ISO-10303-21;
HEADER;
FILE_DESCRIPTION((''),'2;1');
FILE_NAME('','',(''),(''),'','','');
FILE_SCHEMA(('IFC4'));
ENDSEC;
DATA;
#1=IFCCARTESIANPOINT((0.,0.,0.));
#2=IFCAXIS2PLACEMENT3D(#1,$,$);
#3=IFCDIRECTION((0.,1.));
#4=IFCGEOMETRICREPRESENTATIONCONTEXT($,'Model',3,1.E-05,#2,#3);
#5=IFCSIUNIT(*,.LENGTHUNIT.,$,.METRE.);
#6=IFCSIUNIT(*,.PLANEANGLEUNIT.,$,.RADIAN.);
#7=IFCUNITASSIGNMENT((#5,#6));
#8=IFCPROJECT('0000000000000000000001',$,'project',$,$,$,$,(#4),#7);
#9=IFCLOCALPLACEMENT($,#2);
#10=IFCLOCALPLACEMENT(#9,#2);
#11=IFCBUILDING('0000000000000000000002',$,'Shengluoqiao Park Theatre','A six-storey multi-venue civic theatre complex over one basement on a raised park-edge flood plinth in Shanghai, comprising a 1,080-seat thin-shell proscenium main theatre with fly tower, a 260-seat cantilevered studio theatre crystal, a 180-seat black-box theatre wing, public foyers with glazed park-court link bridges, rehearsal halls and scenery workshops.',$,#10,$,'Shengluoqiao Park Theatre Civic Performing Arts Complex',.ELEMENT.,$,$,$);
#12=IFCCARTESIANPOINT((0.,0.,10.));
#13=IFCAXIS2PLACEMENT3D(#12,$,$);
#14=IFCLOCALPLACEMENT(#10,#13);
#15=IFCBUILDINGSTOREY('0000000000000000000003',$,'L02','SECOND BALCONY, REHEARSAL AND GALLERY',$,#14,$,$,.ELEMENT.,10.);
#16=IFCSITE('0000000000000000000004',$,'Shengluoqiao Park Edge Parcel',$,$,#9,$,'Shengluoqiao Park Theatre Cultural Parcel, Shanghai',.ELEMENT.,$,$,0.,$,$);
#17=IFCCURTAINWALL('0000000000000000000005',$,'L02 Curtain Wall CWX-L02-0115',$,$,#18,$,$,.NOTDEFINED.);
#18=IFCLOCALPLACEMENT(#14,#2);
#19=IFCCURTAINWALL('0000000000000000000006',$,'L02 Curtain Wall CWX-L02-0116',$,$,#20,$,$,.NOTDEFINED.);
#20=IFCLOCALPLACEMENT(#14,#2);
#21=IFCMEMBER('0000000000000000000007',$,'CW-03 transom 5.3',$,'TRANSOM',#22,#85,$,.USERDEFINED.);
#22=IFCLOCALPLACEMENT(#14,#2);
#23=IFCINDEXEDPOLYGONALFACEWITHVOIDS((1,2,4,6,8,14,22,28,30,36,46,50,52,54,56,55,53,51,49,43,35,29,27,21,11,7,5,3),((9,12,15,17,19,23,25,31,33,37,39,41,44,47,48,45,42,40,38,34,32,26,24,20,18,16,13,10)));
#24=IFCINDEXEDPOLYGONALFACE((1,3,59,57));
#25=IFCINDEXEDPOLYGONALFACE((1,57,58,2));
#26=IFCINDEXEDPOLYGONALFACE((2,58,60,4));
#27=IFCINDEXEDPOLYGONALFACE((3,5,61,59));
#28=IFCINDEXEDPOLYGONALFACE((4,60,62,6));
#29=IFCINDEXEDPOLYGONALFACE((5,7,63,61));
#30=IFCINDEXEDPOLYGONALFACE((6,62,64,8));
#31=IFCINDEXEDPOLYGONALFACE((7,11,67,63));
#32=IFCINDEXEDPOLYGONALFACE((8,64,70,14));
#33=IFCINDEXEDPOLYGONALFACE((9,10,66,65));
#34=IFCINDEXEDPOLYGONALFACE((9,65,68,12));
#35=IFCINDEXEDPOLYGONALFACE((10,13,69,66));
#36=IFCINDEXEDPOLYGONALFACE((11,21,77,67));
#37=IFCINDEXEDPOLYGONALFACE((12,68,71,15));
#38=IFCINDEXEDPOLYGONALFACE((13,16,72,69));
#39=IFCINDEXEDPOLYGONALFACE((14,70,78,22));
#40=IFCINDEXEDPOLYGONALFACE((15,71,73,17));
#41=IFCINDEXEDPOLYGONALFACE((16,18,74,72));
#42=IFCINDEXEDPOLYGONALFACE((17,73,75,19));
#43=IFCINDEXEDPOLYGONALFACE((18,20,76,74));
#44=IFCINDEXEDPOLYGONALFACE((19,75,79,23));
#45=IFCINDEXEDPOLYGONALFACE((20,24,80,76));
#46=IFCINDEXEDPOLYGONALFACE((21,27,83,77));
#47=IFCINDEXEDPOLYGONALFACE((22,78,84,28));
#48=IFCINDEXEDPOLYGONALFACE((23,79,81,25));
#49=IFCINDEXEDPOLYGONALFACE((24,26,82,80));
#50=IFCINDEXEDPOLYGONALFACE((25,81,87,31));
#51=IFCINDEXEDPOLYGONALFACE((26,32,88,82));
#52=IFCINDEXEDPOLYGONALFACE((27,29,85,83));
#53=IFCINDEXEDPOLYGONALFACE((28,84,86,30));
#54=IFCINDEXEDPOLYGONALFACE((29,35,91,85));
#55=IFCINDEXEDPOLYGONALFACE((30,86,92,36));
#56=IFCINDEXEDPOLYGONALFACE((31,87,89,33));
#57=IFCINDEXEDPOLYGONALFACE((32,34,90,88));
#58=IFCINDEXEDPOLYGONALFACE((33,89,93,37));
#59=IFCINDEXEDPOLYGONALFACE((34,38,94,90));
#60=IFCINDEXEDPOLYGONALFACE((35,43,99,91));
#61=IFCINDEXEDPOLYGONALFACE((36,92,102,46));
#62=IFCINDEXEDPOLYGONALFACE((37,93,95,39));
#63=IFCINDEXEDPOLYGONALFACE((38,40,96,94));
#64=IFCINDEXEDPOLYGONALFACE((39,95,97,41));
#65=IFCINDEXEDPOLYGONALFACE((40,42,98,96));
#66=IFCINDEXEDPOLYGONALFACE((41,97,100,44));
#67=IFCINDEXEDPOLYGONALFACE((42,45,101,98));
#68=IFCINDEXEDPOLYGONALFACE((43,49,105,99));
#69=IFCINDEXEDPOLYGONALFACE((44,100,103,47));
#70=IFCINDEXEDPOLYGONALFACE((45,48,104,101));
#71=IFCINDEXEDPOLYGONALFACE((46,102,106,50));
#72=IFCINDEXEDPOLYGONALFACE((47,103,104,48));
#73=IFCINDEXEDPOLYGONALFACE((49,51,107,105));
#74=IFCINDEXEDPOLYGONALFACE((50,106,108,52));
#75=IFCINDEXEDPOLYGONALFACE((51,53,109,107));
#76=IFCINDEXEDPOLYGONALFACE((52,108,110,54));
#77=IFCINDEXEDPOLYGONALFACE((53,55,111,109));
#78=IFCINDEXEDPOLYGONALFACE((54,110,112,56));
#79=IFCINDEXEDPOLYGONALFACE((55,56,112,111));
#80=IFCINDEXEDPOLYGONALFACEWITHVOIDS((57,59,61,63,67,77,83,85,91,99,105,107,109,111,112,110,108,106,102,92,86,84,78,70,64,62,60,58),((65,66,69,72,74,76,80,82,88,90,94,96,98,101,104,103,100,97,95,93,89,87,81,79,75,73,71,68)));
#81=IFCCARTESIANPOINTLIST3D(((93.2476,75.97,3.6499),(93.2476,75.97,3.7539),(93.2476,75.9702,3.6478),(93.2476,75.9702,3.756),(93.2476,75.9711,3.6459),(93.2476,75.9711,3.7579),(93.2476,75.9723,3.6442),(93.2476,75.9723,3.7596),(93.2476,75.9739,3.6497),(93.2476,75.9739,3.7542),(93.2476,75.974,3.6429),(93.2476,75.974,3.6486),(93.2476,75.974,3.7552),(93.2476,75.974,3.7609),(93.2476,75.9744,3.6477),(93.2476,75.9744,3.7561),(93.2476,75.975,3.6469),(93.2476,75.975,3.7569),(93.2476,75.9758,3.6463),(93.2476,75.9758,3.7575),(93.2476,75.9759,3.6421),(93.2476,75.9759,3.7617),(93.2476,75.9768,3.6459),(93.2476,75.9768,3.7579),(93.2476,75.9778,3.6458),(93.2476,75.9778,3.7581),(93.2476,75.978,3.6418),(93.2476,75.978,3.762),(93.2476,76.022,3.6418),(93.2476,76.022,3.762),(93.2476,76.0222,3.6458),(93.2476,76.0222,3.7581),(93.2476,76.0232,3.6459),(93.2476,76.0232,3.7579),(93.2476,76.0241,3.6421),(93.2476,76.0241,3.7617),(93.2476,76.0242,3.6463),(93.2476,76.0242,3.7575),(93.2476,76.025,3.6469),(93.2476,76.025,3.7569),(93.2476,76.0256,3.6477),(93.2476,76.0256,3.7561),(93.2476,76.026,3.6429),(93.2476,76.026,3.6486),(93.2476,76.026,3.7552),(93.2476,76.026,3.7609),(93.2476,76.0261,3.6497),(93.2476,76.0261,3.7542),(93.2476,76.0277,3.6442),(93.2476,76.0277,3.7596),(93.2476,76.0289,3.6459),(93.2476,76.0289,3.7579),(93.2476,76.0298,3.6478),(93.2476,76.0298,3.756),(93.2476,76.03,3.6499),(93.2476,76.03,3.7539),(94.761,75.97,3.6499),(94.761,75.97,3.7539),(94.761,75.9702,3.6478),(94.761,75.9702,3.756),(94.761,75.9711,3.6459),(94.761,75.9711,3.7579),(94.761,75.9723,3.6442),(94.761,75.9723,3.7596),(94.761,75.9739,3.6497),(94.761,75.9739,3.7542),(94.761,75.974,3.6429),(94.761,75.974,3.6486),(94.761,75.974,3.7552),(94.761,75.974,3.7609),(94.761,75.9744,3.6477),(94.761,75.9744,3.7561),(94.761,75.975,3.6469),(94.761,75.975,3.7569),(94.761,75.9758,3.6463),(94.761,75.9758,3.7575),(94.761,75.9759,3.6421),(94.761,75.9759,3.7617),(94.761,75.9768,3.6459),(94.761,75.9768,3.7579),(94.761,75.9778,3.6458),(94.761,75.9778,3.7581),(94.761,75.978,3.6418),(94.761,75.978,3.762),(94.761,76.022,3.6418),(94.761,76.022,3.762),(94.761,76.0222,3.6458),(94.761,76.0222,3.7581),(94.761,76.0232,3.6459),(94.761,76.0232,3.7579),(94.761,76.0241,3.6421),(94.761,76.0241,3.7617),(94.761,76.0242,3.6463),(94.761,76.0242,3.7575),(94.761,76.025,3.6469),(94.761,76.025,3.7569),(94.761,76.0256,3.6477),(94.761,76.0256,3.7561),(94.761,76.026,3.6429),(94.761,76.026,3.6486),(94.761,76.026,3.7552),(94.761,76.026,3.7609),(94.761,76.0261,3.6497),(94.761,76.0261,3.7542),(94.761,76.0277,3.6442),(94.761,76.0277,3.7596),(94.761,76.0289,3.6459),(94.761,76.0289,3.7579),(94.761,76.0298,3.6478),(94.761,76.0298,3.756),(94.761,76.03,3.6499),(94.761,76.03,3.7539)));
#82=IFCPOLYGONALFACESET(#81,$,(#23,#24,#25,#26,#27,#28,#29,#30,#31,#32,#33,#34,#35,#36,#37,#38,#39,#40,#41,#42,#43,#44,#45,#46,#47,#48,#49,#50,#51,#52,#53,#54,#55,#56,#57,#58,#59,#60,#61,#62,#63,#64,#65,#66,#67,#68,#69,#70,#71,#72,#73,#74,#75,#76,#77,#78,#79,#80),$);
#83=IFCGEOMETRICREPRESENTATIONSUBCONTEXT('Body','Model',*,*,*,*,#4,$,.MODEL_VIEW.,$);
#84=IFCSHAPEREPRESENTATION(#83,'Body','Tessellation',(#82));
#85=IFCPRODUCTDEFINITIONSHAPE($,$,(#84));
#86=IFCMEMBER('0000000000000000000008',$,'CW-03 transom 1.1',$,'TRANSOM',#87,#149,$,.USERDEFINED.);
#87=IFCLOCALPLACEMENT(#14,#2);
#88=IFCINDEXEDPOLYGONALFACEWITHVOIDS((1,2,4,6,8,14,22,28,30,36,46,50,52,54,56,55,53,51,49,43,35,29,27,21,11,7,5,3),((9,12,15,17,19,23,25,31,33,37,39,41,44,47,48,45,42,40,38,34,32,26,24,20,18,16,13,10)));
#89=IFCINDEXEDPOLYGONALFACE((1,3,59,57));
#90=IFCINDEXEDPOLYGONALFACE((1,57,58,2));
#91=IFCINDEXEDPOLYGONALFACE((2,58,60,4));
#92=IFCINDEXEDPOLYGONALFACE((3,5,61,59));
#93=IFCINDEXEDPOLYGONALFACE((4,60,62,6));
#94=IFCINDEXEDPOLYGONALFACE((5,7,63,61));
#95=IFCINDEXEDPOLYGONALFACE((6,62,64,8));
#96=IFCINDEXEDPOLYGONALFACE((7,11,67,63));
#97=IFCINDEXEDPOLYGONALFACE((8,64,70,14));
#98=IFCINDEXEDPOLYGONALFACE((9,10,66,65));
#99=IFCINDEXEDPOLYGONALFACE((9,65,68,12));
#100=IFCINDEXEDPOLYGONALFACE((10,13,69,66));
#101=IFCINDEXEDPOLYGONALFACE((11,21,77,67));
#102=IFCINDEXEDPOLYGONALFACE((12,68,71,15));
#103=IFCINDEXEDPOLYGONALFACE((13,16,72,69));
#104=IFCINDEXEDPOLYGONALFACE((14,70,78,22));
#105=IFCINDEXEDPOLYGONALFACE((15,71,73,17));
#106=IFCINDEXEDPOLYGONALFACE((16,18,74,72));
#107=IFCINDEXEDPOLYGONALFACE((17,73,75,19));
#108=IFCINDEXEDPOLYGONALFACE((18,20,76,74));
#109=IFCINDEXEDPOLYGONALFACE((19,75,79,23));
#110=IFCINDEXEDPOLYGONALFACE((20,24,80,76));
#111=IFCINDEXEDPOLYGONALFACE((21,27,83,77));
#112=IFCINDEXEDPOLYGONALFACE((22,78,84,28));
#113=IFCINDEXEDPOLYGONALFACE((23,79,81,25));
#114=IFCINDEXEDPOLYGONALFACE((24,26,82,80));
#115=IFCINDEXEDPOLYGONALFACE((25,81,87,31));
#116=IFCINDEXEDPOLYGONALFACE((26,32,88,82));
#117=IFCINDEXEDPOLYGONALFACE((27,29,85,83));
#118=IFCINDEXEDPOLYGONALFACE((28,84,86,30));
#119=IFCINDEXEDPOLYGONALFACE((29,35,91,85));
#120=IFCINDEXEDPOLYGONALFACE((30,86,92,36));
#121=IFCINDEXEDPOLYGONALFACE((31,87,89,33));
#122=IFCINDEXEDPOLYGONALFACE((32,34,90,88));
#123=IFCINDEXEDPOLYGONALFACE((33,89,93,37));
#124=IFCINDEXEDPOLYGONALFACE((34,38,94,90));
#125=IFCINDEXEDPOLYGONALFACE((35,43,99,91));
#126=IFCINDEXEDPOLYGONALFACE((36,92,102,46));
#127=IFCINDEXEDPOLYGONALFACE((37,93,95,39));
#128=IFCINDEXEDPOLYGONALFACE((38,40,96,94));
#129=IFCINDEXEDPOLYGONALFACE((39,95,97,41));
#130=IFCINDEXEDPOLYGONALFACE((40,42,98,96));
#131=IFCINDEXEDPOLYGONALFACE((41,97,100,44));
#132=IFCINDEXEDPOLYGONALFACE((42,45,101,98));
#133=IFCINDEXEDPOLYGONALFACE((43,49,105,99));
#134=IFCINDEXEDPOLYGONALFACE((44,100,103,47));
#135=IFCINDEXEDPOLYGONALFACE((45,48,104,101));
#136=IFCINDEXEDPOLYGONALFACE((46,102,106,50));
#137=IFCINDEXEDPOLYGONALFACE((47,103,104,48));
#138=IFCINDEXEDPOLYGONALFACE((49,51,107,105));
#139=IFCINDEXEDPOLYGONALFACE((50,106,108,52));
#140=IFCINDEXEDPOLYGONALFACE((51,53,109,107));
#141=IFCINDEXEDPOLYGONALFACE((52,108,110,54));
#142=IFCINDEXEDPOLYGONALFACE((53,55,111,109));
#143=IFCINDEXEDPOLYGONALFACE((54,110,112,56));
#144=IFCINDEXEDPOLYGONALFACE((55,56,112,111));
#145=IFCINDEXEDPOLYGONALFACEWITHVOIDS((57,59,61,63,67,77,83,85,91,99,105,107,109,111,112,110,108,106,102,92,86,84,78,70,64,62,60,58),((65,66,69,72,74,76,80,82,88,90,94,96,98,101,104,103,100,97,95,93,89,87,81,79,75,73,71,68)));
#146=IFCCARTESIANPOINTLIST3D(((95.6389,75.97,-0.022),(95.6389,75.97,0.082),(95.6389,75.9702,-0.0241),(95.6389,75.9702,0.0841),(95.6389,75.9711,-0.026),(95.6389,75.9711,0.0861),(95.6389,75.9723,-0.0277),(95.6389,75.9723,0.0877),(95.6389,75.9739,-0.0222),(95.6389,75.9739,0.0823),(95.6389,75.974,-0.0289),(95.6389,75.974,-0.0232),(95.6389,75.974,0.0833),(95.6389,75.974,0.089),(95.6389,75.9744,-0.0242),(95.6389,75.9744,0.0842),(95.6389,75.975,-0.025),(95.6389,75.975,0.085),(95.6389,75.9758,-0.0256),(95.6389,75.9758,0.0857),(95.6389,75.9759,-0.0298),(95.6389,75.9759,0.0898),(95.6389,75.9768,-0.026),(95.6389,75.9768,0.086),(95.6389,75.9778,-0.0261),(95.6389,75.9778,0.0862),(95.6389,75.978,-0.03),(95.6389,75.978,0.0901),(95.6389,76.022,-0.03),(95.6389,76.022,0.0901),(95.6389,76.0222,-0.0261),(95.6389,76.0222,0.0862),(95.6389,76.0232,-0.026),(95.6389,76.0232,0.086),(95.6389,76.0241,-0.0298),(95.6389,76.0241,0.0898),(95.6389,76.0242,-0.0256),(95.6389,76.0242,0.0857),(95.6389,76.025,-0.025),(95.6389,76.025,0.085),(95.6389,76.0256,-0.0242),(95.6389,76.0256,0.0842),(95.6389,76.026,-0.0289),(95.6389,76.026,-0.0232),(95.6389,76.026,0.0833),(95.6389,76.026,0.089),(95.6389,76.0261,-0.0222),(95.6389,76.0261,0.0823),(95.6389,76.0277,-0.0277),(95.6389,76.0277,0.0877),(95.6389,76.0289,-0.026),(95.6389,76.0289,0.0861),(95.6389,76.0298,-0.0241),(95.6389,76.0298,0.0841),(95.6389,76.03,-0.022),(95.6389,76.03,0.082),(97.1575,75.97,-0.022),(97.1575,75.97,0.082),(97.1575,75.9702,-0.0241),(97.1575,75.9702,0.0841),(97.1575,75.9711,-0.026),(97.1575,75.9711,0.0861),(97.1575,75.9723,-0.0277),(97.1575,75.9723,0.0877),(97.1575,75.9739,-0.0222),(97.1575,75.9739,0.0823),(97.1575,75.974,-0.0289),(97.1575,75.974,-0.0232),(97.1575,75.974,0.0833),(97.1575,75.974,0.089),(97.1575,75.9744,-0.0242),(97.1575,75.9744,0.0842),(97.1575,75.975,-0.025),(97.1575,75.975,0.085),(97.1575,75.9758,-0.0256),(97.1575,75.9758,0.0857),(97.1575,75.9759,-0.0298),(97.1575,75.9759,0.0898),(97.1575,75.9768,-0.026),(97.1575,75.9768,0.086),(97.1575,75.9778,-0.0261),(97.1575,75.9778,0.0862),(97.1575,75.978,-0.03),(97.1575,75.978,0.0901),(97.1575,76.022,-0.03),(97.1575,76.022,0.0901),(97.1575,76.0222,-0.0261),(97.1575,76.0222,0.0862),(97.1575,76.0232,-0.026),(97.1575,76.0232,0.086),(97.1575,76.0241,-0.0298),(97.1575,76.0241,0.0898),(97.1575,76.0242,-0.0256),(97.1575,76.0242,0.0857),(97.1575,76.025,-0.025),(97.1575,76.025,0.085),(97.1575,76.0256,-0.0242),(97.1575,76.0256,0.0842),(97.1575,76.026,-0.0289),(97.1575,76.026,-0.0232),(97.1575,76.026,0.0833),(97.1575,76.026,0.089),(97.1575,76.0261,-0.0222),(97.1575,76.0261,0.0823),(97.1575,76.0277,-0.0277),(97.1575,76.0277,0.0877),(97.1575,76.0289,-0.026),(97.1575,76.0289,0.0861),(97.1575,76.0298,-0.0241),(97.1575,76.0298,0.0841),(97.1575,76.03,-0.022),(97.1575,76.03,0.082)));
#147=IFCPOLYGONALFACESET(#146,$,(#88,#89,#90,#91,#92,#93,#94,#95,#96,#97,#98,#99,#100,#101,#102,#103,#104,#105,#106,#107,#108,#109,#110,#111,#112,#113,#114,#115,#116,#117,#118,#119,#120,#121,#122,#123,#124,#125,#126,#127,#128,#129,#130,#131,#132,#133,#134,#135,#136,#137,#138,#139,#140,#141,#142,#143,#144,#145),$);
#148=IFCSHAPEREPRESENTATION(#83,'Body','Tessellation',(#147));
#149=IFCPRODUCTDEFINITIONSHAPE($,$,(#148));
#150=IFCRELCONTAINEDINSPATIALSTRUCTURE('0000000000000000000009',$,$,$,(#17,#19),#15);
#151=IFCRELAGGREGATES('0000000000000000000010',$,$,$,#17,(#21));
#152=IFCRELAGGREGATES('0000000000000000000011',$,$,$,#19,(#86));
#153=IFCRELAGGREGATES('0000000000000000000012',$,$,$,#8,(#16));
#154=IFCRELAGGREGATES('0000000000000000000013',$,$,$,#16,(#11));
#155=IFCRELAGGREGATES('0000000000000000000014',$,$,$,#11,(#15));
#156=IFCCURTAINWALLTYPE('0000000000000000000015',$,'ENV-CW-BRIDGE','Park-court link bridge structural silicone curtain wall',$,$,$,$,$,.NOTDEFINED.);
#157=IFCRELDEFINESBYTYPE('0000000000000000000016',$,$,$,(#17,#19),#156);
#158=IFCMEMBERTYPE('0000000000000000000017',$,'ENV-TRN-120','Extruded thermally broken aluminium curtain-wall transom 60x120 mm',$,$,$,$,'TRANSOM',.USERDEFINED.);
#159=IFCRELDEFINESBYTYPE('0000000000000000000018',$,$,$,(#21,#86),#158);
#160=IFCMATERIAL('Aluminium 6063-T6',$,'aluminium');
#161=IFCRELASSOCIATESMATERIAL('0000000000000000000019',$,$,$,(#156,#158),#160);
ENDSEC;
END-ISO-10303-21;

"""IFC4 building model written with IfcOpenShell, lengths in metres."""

from ifc_helpers import new_model, si_unit, direction, frame, origin, origin_2d, place, context, subcontext, project, spatial, hollow_rectangle, extrude, material, material_profile, profile_set, type_object, element, aggregate, save


model = new_model("IFC4")

# Units and contexts
model_context = context("Model", 3, precision=1e-05, world=origin(), true_north=direction((0.0, 1.0)))
body_context = subcontext(model_context, "Body", "Model", "MODEL_VIEW")
ifc_project = project(units=[si_unit("LENGTHUNIT", "METRE"), si_unit("PLANEANGLEUNIT", "RADIAN")], contexts=[model_context])

# Site, building, storey
site_placement = place(None, origin())
site = spatial("IfcSite", under=ifc_project, at=site_placement, Name="Shengluoqiao Park Edge Parcel", LongName="Shengluoqiao Park Theatre Cultural Parcel, Shanghai", CompositionType="ELEMENT", RefElevation=0.0)
building_placement = place(site_placement, origin())
building = spatial("IfcBuilding", under=site, at=building_placement, Name="Shengluoqiao Park Theatre", Description="A six-storey multi-venue civic theatre complex over one basement on a raised park-edge flood plinth in Shanghai, comprising a 1,080-seat thin-shell proscenium main theatre with fly tower, a 260-seat cantilevered studio theatre crystal, a 180-seat black-box theatre wing, public foyers with glazed park-court link bridges, rehearsal halls and scenery workshops.", LongName="Shengluoqiao Park Theatre Civic Performing Arts Complex", CompositionType="ELEMENT")
storey_placement = place(building_placement, frame((0.0, 0.0, 10.0)))
storey = spatial("IfcBuildingStorey", under=building, at=storey_placement, Name="L02", Description="SECOND BALCONY, REHEARSAL AND GALLERY", CompositionType="ELEMENT", Elevation=10.0)

# Curtain walls
ifc_material_1 = material(Name="Aluminium 6063-T6", Category="aluminium")
curtain_wall_type = type_object("IfcCurtainWallType", Name="ENV-CW-BRIDGE", Description="Park-court link bridge structural silicone curtain wall", PredefinedType="NOTDEFINED", material=ifc_material_1)
curtain_wall_1_placement = place(storey_placement, origin())
curtain_wall_1 = element("IfcCurtainWall", 1, at=curtain_wall_1_placement, inside=storey, type_object=curtain_wall_type, Name="L02 Curtain Wall CWX-L02-0115", PredefinedType="NOTDEFINED")
curtain_wall_2_placement = place(storey_placement, origin())
curtain_wall_2 = element("IfcCurtainWall", 2, at=curtain_wall_2_placement, inside=storey, type_object=curtain_wall_type, Name="L02 Curtain Wall CWX-L02-0116", PredefinedType="NOTDEFINED")

# Members
ifc_material_profile_1 = material_profile(ifc_material_1, hollow_rectangle(XDim=0.0601, YDim=0.1201, WallThickness=0.0039, InnerFilletRadius=0.0039, OuterFilletRadius=0.0081, at=origin_2d()), Name="ALU TRANSOM 120x60x4")
ifc_profile_set_1 = profile_set([ifc_material_profile_1], Name="Aluminium 6063-T6")
member_type_1 = type_object("IfcMemberType", Name="ENV-TRN-120", Description="Extruded thermally broken aluminium curtain-wall transom 60x120 mm", ElementType="TRANSOM", PredefinedType="USERDEFINED", material=ifc_profile_set_1)
member_1_placement = place(storey_placement, frame((93.2476, 76.0, 3.7019), z_axis=(1.0, 0.0, 0.0), x_axis=(0.0, 1.0, 0.0)))
member_1 = element("IfcMember", 3, at=member_1_placement, type_object=member_type_1, Name="CW-03 transom 5.3", ObjectType="TRANSOM", PredefinedType="USERDEFINED", context=body_context, shape_type="SweptSolid", body=[
    extrude(hollow_rectangle(XDim=0.0601, YDim=0.1201, WallThickness=0.0039, InnerFilletRadius=0.0039, OuterFilletRadius=0.0081, at=origin_2d()), origin(), (0.0, 0.0, 1.0), 1.5134),
])
member_2_placement = place(storey_placement, frame((95.6389, 76.0, 0.03), z_axis=(1.0, 0.0, 0.0), x_axis=(0.0, 1.0, 0.0)))
member_2 = element("IfcMember", 4, at=member_2_placement, type_object=member_type_1, Name="CW-03 transom 1.1", ObjectType="TRANSOM", PredefinedType="USERDEFINED", context=body_context, shape_type="SweptSolid", body=[
    extrude(hollow_rectangle(XDim=0.0601, YDim=0.1201, WallThickness=0.0039, InnerFilletRadius=0.0039, OuterFilletRadius=0.0081, at=origin_2d()), origin(), (0.0, 0.0, 1.0), 1.5186),
])

aggregate(curtain_wall_1, [member_1])
aggregate(curtain_wall_2, [member_2])

save(model, "model.ifc")
